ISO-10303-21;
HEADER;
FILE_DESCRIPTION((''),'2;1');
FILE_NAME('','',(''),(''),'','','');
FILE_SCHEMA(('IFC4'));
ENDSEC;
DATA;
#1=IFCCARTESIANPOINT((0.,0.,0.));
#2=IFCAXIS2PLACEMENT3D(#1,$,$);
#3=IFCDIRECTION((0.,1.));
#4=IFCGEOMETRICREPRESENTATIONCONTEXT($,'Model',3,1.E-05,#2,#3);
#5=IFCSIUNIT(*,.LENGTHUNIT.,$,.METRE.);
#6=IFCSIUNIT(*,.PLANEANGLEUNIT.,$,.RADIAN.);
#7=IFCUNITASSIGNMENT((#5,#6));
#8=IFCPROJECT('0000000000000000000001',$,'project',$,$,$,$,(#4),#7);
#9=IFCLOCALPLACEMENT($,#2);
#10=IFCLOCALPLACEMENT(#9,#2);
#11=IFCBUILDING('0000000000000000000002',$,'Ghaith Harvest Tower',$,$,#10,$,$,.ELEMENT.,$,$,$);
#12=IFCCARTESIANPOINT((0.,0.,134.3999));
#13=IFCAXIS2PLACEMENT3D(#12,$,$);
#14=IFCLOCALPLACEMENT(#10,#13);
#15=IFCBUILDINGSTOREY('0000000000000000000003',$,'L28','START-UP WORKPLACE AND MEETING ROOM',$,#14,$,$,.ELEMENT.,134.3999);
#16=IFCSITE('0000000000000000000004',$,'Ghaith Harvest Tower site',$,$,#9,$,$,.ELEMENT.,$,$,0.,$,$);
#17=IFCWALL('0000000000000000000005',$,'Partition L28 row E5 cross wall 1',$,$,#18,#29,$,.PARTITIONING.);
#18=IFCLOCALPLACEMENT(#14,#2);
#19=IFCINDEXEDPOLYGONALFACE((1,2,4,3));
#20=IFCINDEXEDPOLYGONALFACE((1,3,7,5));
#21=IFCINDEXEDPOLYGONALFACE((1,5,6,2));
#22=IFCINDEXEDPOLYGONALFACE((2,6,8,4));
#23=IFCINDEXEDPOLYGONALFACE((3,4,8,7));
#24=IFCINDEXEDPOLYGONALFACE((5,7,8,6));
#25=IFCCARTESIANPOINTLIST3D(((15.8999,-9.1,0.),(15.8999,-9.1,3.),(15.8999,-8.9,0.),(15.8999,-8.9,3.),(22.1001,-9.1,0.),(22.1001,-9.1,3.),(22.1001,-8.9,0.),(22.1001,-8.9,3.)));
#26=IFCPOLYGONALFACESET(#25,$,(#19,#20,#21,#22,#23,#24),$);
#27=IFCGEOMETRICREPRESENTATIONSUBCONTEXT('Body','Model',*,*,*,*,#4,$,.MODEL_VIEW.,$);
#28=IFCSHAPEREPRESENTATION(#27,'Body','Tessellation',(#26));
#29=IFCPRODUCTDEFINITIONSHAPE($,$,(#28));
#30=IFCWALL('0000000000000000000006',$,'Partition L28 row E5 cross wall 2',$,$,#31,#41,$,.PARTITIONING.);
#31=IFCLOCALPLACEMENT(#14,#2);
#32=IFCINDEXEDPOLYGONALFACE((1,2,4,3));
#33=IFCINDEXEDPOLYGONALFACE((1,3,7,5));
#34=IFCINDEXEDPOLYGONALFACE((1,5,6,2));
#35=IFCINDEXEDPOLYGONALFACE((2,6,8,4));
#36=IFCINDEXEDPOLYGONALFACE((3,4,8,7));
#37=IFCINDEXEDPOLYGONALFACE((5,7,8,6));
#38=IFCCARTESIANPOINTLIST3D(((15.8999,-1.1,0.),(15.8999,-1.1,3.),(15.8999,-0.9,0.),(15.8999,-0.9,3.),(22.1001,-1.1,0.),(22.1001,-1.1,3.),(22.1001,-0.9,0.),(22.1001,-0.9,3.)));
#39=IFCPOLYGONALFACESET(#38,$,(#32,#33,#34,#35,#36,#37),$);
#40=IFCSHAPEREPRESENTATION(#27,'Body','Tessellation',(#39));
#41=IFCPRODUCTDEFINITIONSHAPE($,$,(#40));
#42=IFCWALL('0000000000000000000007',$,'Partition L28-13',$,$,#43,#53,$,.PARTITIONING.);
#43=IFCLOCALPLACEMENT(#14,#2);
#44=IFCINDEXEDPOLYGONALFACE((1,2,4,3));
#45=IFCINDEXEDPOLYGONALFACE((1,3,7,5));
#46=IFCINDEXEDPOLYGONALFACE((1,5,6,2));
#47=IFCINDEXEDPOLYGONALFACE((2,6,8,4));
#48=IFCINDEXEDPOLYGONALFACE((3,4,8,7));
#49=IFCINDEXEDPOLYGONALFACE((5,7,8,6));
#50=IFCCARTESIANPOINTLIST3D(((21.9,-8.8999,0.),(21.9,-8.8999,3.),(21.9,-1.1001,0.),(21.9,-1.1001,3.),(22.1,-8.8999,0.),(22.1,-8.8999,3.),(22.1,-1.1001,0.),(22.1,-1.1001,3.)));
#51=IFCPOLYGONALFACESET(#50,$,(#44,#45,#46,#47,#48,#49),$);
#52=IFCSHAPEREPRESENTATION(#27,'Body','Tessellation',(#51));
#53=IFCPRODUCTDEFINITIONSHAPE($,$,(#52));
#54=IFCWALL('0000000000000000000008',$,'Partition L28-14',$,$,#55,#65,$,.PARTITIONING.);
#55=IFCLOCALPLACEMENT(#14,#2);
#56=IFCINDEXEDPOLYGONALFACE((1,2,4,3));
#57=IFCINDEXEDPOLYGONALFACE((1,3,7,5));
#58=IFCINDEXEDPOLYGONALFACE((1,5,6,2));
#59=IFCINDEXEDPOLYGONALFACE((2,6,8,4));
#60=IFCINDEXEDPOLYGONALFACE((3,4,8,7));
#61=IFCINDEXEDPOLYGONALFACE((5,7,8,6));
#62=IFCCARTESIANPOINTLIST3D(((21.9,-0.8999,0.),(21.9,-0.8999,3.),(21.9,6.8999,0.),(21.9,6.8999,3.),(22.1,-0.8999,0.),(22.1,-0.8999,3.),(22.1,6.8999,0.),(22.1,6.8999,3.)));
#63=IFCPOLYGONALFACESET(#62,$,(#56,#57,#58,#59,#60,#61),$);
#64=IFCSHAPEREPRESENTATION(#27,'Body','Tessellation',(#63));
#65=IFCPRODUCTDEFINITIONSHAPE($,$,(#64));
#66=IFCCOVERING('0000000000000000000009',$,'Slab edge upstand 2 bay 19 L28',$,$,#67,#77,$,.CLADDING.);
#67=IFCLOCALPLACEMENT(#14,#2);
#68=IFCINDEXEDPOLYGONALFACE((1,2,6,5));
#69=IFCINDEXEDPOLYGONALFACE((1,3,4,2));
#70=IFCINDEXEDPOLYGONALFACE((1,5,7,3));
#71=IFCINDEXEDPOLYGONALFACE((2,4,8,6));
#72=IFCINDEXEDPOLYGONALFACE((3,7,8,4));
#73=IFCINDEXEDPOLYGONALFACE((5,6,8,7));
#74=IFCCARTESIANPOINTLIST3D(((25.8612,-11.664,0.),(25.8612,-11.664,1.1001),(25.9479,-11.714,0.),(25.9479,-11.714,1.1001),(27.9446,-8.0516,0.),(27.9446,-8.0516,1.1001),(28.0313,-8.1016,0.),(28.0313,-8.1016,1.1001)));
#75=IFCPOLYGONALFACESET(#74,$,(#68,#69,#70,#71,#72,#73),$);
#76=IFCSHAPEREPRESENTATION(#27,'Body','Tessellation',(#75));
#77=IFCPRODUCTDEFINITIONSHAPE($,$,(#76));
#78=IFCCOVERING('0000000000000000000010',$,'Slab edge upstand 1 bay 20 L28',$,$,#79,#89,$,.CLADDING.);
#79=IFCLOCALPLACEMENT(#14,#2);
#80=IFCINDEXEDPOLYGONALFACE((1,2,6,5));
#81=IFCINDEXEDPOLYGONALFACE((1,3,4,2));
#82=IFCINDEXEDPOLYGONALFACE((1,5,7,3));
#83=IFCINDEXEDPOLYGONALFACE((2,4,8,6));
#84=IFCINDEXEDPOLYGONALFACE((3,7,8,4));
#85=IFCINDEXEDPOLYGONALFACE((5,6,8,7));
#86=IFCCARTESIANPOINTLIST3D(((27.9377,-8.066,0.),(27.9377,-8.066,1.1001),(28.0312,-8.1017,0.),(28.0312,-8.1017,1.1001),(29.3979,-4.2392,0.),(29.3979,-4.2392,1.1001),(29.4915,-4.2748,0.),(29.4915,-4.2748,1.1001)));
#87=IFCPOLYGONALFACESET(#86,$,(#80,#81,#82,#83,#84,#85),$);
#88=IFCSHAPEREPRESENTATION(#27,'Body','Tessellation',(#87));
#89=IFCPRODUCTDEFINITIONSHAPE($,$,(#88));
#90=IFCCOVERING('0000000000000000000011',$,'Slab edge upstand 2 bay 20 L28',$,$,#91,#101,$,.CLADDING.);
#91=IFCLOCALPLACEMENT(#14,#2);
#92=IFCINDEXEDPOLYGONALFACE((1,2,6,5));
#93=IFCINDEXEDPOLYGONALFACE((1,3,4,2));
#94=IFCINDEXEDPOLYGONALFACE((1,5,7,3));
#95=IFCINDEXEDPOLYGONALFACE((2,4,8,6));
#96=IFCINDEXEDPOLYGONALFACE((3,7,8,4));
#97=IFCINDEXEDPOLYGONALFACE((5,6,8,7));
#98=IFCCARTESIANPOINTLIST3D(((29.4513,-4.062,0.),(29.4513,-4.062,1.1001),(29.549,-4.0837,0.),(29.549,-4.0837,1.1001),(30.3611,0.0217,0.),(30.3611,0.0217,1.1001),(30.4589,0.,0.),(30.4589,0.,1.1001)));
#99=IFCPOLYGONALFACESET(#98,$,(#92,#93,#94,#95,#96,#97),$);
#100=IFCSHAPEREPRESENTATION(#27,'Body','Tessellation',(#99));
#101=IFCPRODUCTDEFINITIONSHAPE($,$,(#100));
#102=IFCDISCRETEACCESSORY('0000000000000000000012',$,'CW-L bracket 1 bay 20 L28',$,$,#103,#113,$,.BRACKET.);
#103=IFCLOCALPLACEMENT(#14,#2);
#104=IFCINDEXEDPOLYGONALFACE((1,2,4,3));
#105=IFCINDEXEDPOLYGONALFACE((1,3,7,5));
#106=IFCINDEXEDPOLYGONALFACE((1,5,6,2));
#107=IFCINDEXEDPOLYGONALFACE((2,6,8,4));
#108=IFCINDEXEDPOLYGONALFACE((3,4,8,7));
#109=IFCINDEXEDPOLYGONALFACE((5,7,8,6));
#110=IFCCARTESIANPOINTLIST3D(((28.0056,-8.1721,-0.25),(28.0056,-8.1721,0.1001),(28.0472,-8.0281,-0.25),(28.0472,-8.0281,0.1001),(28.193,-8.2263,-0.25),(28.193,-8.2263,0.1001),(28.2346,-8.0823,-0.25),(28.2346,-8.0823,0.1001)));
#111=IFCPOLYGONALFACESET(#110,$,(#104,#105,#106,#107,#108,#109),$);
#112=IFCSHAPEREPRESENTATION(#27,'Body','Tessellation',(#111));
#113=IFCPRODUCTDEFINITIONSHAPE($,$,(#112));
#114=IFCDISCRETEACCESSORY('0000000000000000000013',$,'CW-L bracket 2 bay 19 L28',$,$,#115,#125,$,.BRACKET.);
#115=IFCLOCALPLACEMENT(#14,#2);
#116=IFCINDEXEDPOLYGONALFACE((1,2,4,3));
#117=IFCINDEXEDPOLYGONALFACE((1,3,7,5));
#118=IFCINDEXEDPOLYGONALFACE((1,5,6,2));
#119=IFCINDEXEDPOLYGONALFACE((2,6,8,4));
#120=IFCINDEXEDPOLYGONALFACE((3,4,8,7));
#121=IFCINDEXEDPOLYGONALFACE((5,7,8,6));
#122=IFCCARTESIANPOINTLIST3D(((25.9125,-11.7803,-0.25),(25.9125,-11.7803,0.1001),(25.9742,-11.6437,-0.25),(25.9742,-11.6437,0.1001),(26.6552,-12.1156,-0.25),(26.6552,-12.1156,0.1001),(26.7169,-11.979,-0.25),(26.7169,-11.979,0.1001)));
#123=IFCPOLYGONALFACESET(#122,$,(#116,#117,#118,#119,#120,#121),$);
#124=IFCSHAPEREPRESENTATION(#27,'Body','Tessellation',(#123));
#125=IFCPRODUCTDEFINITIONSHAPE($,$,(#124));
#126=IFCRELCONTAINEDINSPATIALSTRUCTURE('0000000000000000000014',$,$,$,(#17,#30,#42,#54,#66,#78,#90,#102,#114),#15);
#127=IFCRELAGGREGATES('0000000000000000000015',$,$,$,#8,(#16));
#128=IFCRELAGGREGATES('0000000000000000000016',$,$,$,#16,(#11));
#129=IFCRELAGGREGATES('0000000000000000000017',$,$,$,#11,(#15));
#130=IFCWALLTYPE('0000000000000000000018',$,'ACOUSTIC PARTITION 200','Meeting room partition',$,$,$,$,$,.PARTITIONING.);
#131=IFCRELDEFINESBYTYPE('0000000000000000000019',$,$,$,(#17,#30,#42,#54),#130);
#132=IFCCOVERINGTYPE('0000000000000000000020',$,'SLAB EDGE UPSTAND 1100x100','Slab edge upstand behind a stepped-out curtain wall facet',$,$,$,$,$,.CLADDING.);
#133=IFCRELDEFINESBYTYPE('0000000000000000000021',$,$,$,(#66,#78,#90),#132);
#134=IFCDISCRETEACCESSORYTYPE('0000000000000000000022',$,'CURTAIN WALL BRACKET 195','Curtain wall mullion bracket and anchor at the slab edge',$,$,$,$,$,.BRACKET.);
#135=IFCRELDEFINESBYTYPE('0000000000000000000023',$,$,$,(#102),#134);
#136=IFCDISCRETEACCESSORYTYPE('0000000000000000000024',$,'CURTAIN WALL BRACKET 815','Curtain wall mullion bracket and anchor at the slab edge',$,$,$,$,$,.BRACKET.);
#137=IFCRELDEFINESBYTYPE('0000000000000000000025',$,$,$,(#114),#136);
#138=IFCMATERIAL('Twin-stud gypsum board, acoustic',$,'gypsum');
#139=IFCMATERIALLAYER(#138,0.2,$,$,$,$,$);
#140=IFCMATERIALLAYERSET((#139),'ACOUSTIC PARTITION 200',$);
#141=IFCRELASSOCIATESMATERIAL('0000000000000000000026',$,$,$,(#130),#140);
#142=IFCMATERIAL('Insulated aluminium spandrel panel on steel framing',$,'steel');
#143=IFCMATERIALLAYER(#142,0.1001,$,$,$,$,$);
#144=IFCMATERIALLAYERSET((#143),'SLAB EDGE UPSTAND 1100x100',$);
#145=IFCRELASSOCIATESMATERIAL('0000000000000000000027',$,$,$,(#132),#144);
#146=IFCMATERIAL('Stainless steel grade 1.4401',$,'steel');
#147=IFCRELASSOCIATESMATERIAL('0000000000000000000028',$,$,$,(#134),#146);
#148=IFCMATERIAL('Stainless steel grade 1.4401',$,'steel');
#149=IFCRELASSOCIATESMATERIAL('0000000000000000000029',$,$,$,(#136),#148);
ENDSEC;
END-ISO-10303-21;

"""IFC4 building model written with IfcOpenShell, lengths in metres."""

from ifc_helpers import new_model, si_unit, direction, frame, frame_2d, origin, origin_2d, place, context, subcontext, project, spatial, rectangle, extrude, material, layer, layer_set, type_object, element, save


model = new_model("IFC4")

# Units and contexts
model_context = context("Model", 3, precision=1e-05, world=origin(), true_north=direction((0.0, 1.0)))
body_context = subcontext(model_context, "Body", "Model", "MODEL_VIEW")
ifc_project = project(units=[si_unit("LENGTHUNIT", "METRE"), si_unit("PLANEANGLEUNIT", "RADIAN")], contexts=[model_context])

# Site, building, storey
site_placement = place(None, origin())
site = spatial("IfcSite", under=ifc_project, at=site_placement, Name="Ghaith Harvest Tower site", CompositionType="ELEMENT", RefElevation=0.0)
building_placement = place(site_placement, origin())
building = spatial("IfcBuilding", under=site, at=building_placement, Name="Ghaith Harvest Tower", CompositionType="ELEMENT")
storey_placement = place(building_placement, frame((0.0, 0.0, 134.3999)))
storey = spatial("IfcBuildingStorey", under=building, at=storey_placement, Name="L28", Description="START-UP WORKPLACE AND MEETING ROOM", CompositionType="ELEMENT", Elevation=134.3999)

# Walls
ifc_material_1 = material(Name="Twin-stud gypsum board, acoustic", Category="gypsum")
ifc_layer_1 = layer(ifc_material_1, 0.2)
ifc_layer_set_1 = layer_set([ifc_layer_1], Name="ACOUSTIC PARTITION 200")
wall_type_1 = type_object("IfcWallType", Name="ACOUSTIC PARTITION 200", Description="Meeting room partition", PredefinedType="PARTITIONING", material=ifc_layer_set_1)
for number, where, z_axis, x_axis, name in (
    (1, (15.8999, -9.0, 0.0), (0.0, 0.0, 1.0), (1.0, 0.0, 0.0), "Partition L28 row E5 cross wall 1"),
    (2, (15.8999, -1.0, 0.0), (0.0, 0.0, 1.0), (1.0, 0.0, 0.0), "Partition L28 row E5 cross wall 2"),
):
    element("IfcWall", number, at=place(storey_placement, frame(where, z_axis=z_axis, x_axis=x_axis)), inside=storey, type_object=wall_type_1, Name=name, PredefinedType="PARTITIONING", context=body_context, shape_type="SweptSolid", body=[
        extrude(rectangle(XDim=6.2002, YDim=0.2, at=frame_2d((3.1001, 0.0))), origin(), (0.0, 0.0, 1.0), 3.0),
    ])

# Wall
wall_1_placement = place(storey_placement, frame((22.0, -8.8999, 0.0), z_axis=(0.0, 0.0, 1.0), x_axis=(0.0, 1.0, 0.0)))
element("IfcWall", 3, at=wall_1_placement, inside=storey, type_object=wall_type_1, Name="Partition L28-13", PredefinedType="PARTITIONING", context=body_context, shape_type="SweptSolid", body=[
    extrude(rectangle(XDim=7.7998, YDim=0.2, at=frame_2d((3.8999, 0.0))), origin(), (0.0, 0.0, 1.0), 3.0),
])

# Wall
wall_2_placement = place(storey_placement, frame((22.0, -0.8999, 0.0), z_axis=(0.0, 0.0, 1.0), x_axis=(0.0, 1.0, 0.0)))
element("IfcWall", 4, at=wall_2_placement, inside=storey, type_object=wall_type_1, Name="Partition L28-14", PredefinedType="PARTITIONING", context=body_context, shape_type="SweptSolid", body=[
    extrude(rectangle(XDim=7.7998, YDim=0.2, at=frame_2d((3.8999, 0.0))), origin(), (0.0, 0.0, 1.0), 3.0),
])

# Coverings
ifc_material_2 = material(Name="Insulated aluminium spandrel panel on steel framing", Category="steel")
ifc_layer_2 = layer(ifc_material_2, 0.1001)
ifc_layer_set_2 = layer_set([ifc_layer_2], Name="SLAB EDGE UPSTAND 1100x100")
covering_type = type_object("IfcCoveringType", Name="SLAB EDGE UPSTAND 1100x100", Description="Slab edge upstand behind a stepped-out curtain wall facet", PredefinedType="CLADDING", material=ifc_layer_set_2)
covering_1_placement = place(storey_placement, frame((26.9463, -9.8828, 0.0), z_axis=(0.0, 0.0, 1.0), x_axis=(0.499596, 0.866258, 0.0)))
element("IfcCovering", 5, at=covering_1_placement, inside=storey, type_object=covering_type, Name="Slab edge upstand 2 bay 19 L28", PredefinedType="CLADDING", context=body_context, shape_type="SweptSolid", body=[
    extrude(rectangle(XDim=4.1702, YDim=0.1001, at=origin_2d()), origin(), (0.0, 0.0, 1.0), 1.1001),
])
covering_2_placement = place(storey_placement, frame((28.7146, -6.1704, 0.0), z_axis=(0.0, 0.0, 1.0), x_axis=(0.356504, 0.934294, 0.0)))
element("IfcCovering", 6, at=covering_2_placement, inside=storey, type_object=covering_type, Name="Slab edge upstand 1 bay 20 L28", PredefinedType="CLADDING", context=body_context, shape_type="SweptSolid", body=[
    extrude(rectangle(XDim=4.0959, YDim=0.1001, at=origin_2d()), origin(), (0.0, 0.0, 1.0), 1.1001),
])
covering_3_placement = place(storey_placement, frame((29.9551, -2.031, 0.0), z_axis=(0.0, 0.0, 1.0), x_axis=(0.217466, 0.976068, 0.0)))
element("IfcCovering", 7, at=covering_3_placement, inside=storey, type_object=covering_type, Name="Slab edge upstand 2 bay 20 L28", PredefinedType="CLADDING", context=body_context, shape_type="SweptSolid", body=[
    extrude(rectangle(XDim=4.1838, YDim=0.1001, at=origin_2d()), origin(), (0.0, 0.0, 1.0), 1.1001),
])

# Discrete accessories
ifc_material_3 = material(Name="Stainless steel grade 1.4401", Category="steel")
discrete_accessory_type_1 = type_object("IfcDiscreteAccessoryType", Name="CURTAIN WALL BRACKET 195", Description="Curtain wall mullion bracket and anchor at the slab edge", PredefinedType="BRACKET", material=ifc_material_3)
discrete_accessory_1_placement = place(storey_placement, frame((28.1201, -8.1272, -0.25), z_axis=(0.0, 0.0, 1.0), x_axis=(0.96068, -0.277657, 0.0)))
element("IfcDiscreteAccessory", 8, at=discrete_accessory_1_placement, inside=storey, type_object=discrete_accessory_type_1, Name="CW-L bracket 1 bay 20 L28", PredefinedType="BRACKET", context=body_context, shape_type="SweptSolid", body=[
    extrude(rectangle(XDim=0.1951, YDim=0.1499, at=origin_2d()), origin(), (0.0, 0.0, 1.0), 0.3501),
])
ifc_material_4 = material(Name="Stainless steel grade 1.4401", Category="steel")
discrete_accessory_type_2 = type_object("IfcDiscreteAccessoryType", Name="CURTAIN WALL BRACKET 815", Description="Curtain wall mullion bracket and anchor at the slab edge", PredefinedType="BRACKET", material=ifc_material_4)
discrete_accessory_2_placement = place(storey_placement, frame((26.3147, -11.8796, -0.25), z_axis=(0.0, 0.0, 1.0), x_axis=(0.911427, -0.411462, 0.0)))
element("IfcDiscreteAccessory", 9, at=discrete_accessory_2_placement, inside=storey, type_object=discrete_accessory_type_2, Name="CW-L bracket 2 bay 19 L28", PredefinedType="BRACKET", context=body_context, shape_type="SweptSolid", body=[
    extrude(rectangle(XDim=0.8149, YDim=0.1499, at=origin_2d()), origin(), (0.0, 0.0, 1.0), 0.3501),
])

save(model, "model.ifc")
